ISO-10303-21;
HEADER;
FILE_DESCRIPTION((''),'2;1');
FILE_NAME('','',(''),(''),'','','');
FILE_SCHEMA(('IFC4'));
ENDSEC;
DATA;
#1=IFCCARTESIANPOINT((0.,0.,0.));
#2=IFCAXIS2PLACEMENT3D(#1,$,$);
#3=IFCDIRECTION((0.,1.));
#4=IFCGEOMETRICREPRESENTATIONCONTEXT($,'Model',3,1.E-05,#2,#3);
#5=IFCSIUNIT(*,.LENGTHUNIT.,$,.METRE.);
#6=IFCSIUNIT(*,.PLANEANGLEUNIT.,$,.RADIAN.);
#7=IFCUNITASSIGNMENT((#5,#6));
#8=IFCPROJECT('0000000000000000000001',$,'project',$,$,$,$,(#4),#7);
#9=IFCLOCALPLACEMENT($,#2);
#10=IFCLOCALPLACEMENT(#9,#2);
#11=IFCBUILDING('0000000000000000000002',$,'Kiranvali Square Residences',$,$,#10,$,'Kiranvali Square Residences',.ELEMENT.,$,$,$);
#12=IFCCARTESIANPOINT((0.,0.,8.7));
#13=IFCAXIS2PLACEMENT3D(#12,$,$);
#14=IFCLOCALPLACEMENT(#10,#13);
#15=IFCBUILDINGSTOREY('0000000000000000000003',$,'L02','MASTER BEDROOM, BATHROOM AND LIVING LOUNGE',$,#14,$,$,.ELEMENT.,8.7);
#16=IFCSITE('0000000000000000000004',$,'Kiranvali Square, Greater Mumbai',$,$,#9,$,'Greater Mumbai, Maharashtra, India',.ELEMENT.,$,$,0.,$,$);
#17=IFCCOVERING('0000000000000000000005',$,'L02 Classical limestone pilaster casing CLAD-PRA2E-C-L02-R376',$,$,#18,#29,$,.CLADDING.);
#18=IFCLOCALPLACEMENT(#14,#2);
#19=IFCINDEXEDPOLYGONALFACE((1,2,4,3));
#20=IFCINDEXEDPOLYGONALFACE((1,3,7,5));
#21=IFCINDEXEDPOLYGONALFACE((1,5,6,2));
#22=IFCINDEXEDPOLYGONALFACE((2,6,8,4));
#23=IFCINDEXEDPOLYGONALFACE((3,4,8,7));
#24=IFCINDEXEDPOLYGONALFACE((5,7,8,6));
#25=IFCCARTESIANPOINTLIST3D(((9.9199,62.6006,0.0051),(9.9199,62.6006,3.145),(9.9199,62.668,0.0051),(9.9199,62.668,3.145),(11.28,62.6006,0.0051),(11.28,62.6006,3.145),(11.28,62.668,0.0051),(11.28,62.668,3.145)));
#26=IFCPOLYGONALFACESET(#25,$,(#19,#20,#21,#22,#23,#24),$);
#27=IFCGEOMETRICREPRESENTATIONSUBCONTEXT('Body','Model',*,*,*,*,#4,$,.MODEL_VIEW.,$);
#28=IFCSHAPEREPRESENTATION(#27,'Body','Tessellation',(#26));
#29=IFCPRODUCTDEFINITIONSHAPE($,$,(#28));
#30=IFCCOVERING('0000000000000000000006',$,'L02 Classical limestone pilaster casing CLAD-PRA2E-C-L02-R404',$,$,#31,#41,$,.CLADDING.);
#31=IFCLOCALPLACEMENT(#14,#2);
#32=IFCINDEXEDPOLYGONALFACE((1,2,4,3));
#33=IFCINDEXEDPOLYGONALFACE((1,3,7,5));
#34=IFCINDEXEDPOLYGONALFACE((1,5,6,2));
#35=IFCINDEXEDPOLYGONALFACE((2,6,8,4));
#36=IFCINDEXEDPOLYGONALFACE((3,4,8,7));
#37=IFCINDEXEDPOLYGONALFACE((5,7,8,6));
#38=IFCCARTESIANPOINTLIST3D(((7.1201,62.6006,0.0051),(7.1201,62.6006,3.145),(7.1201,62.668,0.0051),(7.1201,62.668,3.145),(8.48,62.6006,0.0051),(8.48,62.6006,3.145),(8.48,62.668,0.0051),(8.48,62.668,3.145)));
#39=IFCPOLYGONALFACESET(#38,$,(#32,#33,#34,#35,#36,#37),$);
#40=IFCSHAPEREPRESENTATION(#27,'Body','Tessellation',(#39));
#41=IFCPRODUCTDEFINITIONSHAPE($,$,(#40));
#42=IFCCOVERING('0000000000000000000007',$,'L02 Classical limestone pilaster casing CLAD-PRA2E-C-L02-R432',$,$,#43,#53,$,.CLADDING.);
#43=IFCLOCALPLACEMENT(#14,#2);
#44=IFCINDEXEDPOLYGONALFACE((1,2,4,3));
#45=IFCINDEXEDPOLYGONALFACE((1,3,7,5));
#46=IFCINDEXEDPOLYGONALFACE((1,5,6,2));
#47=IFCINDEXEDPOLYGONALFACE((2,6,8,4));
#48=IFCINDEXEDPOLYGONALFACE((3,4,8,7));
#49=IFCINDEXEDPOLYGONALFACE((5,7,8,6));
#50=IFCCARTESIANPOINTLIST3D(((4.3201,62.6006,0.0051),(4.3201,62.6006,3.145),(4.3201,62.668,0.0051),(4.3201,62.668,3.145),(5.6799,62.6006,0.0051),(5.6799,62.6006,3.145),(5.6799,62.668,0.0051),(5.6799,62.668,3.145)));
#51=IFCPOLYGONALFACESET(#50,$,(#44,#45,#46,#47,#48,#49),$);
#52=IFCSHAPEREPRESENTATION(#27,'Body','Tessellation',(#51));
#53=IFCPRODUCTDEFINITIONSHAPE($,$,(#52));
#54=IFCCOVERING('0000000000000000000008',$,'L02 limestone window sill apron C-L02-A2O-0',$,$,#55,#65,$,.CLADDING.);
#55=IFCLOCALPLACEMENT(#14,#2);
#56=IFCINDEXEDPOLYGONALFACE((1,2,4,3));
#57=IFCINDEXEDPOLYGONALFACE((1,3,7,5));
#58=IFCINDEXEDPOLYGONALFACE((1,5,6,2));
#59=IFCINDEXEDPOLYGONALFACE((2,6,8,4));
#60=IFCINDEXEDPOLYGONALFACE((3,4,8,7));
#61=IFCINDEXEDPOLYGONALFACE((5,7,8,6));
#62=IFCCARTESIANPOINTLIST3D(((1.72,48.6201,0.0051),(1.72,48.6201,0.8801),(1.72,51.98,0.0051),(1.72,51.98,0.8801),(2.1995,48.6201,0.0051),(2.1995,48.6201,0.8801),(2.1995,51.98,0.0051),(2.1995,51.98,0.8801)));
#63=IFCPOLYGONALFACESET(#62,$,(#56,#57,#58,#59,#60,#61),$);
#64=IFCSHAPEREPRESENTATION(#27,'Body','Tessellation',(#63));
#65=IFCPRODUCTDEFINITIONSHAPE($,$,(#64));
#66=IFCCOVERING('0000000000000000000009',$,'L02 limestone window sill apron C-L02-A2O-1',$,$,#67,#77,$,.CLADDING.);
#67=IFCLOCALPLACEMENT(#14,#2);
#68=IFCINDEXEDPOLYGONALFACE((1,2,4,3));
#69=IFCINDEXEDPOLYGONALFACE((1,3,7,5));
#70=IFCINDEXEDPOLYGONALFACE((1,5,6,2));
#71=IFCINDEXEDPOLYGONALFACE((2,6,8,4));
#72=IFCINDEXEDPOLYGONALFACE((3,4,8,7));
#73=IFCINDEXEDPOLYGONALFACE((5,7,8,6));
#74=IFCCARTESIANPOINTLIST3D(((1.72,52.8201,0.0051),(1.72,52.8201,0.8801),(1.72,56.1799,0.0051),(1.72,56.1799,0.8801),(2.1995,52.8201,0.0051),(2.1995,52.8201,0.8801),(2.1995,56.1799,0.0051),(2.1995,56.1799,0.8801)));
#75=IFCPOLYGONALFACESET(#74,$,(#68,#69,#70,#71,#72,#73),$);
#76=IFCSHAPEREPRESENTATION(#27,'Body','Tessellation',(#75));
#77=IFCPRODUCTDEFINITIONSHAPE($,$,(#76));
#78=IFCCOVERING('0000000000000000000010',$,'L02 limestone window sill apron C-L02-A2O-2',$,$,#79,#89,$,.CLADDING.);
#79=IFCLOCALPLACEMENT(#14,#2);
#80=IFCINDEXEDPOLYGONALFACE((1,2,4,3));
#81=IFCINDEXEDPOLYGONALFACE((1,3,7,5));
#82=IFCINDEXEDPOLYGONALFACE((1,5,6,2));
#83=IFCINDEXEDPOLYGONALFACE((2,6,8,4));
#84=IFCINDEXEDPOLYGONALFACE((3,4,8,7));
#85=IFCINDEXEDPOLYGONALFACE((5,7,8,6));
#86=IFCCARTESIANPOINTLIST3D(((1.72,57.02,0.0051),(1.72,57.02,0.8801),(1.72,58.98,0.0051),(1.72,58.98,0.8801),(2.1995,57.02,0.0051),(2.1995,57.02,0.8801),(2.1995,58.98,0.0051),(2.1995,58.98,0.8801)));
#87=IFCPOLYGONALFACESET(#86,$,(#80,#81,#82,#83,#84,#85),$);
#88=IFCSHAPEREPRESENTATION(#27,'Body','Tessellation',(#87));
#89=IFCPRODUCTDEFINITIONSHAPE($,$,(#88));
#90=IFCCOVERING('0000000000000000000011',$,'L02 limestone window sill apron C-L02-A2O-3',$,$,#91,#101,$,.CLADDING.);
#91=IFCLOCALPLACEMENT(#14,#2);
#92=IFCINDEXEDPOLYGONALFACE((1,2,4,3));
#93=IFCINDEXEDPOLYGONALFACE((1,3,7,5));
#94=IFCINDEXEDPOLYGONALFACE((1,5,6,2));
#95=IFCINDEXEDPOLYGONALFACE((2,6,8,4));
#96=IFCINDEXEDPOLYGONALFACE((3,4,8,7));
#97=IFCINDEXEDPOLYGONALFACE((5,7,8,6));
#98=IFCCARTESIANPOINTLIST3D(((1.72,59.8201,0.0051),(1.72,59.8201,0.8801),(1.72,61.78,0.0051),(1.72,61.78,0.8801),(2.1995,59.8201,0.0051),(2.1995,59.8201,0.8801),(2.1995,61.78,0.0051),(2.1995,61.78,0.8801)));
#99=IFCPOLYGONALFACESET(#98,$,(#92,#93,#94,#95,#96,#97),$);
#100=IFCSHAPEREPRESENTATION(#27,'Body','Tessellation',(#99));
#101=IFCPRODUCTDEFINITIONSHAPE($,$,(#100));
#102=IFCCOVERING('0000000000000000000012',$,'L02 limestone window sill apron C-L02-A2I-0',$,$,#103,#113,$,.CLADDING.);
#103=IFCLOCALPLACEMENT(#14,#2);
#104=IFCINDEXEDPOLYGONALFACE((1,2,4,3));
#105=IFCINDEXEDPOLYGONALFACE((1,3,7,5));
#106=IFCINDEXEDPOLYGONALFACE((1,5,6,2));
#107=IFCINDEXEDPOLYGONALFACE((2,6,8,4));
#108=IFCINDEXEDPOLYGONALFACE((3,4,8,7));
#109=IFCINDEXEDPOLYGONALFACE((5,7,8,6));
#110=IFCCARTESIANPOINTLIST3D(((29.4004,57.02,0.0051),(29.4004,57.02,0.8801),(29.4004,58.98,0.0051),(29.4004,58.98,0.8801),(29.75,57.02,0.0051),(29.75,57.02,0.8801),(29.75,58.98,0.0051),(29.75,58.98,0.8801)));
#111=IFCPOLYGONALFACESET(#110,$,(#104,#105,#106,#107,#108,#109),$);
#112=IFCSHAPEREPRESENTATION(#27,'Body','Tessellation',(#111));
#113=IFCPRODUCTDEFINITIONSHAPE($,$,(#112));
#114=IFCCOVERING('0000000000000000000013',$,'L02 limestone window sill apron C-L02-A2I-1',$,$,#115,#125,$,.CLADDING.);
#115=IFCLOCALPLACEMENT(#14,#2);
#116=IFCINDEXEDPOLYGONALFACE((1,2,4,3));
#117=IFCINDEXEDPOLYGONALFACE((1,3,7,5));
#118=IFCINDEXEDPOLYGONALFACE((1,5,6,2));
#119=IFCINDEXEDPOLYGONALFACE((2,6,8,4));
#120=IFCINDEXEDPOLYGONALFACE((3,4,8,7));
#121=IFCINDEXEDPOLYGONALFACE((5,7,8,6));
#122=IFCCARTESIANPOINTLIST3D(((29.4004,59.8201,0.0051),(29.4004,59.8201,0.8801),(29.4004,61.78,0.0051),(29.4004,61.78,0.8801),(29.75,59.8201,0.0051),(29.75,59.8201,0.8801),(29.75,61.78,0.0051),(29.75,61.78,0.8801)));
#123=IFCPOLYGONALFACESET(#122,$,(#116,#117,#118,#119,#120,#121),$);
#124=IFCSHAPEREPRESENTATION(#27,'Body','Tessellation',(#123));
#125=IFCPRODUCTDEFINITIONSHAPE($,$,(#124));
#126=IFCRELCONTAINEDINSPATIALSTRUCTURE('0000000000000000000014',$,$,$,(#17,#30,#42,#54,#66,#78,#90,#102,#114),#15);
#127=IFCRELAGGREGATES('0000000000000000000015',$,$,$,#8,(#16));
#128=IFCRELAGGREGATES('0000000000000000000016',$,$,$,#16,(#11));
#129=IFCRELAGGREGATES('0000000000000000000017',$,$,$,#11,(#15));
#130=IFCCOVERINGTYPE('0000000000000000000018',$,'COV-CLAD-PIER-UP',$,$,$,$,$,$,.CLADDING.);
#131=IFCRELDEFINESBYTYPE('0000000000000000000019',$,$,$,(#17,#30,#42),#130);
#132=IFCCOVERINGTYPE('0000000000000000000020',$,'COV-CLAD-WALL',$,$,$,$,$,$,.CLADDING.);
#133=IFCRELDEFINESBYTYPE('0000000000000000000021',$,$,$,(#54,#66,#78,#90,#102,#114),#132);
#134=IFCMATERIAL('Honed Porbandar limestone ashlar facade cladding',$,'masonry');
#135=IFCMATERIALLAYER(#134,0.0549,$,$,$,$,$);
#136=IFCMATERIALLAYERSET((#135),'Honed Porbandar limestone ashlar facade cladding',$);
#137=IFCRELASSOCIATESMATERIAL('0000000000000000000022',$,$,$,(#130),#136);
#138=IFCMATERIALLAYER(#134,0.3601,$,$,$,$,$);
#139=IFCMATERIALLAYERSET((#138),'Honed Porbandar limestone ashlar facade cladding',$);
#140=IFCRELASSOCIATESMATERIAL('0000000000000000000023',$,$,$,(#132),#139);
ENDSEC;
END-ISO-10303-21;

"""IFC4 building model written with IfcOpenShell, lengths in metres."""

from ifc_helpers import new_model, si_unit, direction, frame, origin, place, context, subcontext, project, spatial, polyline, outline, extrude, material, layer, layer_set, type_object, element, save


model = new_model("IFC4")

# Units and contexts
model_context = context("Model", 3, precision=1e-05, world=origin(), true_north=direction((0.0, 1.0)))
body_context = subcontext(model_context, "Body", "Model", "MODEL_VIEW")
ifc_project = project(units=[si_unit("LENGTHUNIT", "METRE"), si_unit("PLANEANGLEUNIT", "RADIAN")], contexts=[model_context])

# Site, building, storey
site_placement = place(None, origin())
site = spatial("IfcSite", under=ifc_project, at=site_placement, Name="Kiranvali Square, Greater Mumbai", LongName="Greater Mumbai, Maharashtra, India", CompositionType="ELEMENT", RefElevation=0.0)
building_placement = place(site_placement, origin())
building = spatial("IfcBuilding", under=site, at=building_placement, Name="Kiranvali Square Residences", LongName="Kiranvali Square Residences", CompositionType="ELEMENT")
storey_placement = place(building_placement, frame((0.0, 0.0, 8.7)))
storey = spatial("IfcBuildingStorey", under=building, at=storey_placement, Name="L02", Description="MASTER BEDROOM, BATHROOM AND LIVING LOUNGE", CompositionType="ELEMENT", Elevation=8.7)

# Coverings
ifc_material = material(Name="Honed Porbandar limestone ashlar facade cladding", Category="masonry")
ifc_layer_1 = layer(ifc_material, 0.0549)
ifc_layer_set_1 = layer_set([ifc_layer_1], Name="Honed Porbandar limestone ashlar facade cladding")
covering_type_1 = type_object("IfcCoveringType", Name="COV-CLAD-PIER-UP", PredefinedType="CLADDING", material=ifc_layer_set_1)
covering_1_placement = place(storey_placement, frame((0.0, 0.0, 0.0051)))
element("IfcCovering", 1, at=covering_1_placement, inside=storey, type_object=covering_type_1, Name="L02 Classical limestone pilaster casing CLAD-PRA2E-C-L02-R376", PredefinedType="CLADDING", context=body_context, shape_type="SweptSolid", body=[
    extrude(outline(polyline([(11.28, 62.668), (9.9199, 62.668), (9.9199, 62.6006), (11.28, 62.6006), (11.28, 62.668)])), origin(), (0.0, 0.0, 1.0), 3.1399),
])
covering_2_placement = place(storey_placement, frame((0.0, 0.0, 0.0051)))
element("IfcCovering", 2, at=covering_2_placement, inside=storey, type_object=covering_type_1, Name="L02 Classical limestone pilaster casing CLAD-PRA2E-C-L02-R404", PredefinedType="CLADDING", context=body_context, shape_type="SweptSolid", body=[
    extrude(outline(polyline([(8.48, 62.668), (7.1201, 62.668), (7.1201, 62.6006), (8.48, 62.6006), (8.48, 62.668)])), origin(), (0.0, 0.0, 1.0), 3.1399),
])
covering_3_placement = place(storey_placement, frame((0.0, 0.0, 0.0051)))
element("IfcCovering", 3, at=covering_3_placement, inside=storey, type_object=covering_type_1, Name="L02 Classical limestone pilaster casing CLAD-PRA2E-C-L02-R432", PredefinedType="CLADDING", context=body_context, shape_type="SweptSolid", body=[
    extrude(outline(polyline([(5.6799, 62.668), (4.3201, 62.668), (4.3201, 62.6006), (5.6799, 62.6006), (5.6799, 62.668)])), origin(), (0.0, 0.0, 1.0), 3.1399),
])
ifc_layer_2 = layer(ifc_material, 0.3601)
ifc_layer_set_2 = layer_set([ifc_layer_2], Name="Honed Porbandar limestone ashlar facade cladding")
covering_type_2 = type_object("IfcCoveringType", Name="COV-CLAD-WALL", PredefinedType="CLADDING", material=ifc_layer_set_2)
covering_4_placement = place(storey_placement, frame((0.0, 0.0, 0.0051)))
element("IfcCovering", 4, at=covering_4_placement, inside=storey, type_object=covering_type_2, Name="L02 limestone window sill apron C-L02-A2O-0", PredefinedType="CLADDING", context=body_context, shape_type="SweptSolid", body=[
    extrude(outline(polyline([(2.1995, 48.6201), (2.1995, 51.98), (1.72, 51.98), (1.72, 48.6201), (2.1995, 48.6201)])), origin(), (0.0, 0.0, 1.0), 0.875),
])
covering_5_placement = place(storey_placement, frame((0.0, 0.0, 0.0051)))
element("IfcCovering", 5, at=covering_5_placement, inside=storey, type_object=covering_type_2, Name="L02 limestone window sill apron C-L02-A2O-1", PredefinedType="CLADDING", context=body_context, shape_type="SweptSolid", body=[
    extrude(outline(polyline([(2.1995, 52.8201), (2.1995, 56.1799), (1.72, 56.1799), (1.72, 52.8201), (2.1995, 52.8201)])), origin(), (0.0, 0.0, 1.0), 0.875),
])
covering_6_placement = place(storey_placement, frame((0.0, 0.0, 0.0051)))
element("IfcCovering", 6, at=covering_6_placement, inside=storey, type_object=covering_type_2, Name="L02 limestone window sill apron C-L02-A2O-2", PredefinedType="CLADDING", context=body_context, shape_type="SweptSolid", body=[
    extrude(outline(polyline([(2.1995, 57.02), (2.1995, 58.98), (1.72, 58.98), (1.72, 57.02), (2.1995, 57.02)])), origin(), (0.0, 0.0, 1.0), 0.875),
])
covering_7_placement = place(storey_placement, frame((0.0, 0.0, 0.0051)))
element("IfcCovering", 7, at=covering_7_placement, inside=storey, type_object=covering_type_2, Name="L02 limestone window sill apron C-L02-A2O-3", PredefinedType="CLADDING", context=body_context, shape_type="SweptSolid", body=[
    extrude(outline(polyline([(2.1995, 59.8201), (2.1995, 61.78), (1.72, 61.78), (1.72, 59.8201), (2.1995, 59.8201)])), origin(), (0.0, 0.0, 1.0), 0.875),
])
covering_8_placement = place(storey_placement, frame((0.0, 0.0, 0.0051)))
element("IfcCovering", 8, at=covering_8_placement, inside=storey, type_object=covering_type_2, Name="L02 limestone window sill apron C-L02-A2I-0", PredefinedType="CLADDING", context=body_context, shape_type="SweptSolid", body=[
    extrude(outline(polyline([(29.75, 57.02), (29.75, 58.98), (29.4004, 58.98), (29.4004, 57.02), (29.75, 57.02)])), origin(), (0.0, 0.0, 1.0), 0.875),
])
covering_9_placement = place(storey_placement, frame((0.0, 0.0, 0.0051)))
element("IfcCovering", 9, at=covering_9_placement, inside=storey, type_object=covering_type_2, Name="L02 limestone window sill apron C-L02-A2I-1", PredefinedType="CLADDING", context=body_context, shape_type="SweptSolid", body=[
    extrude(outline(polyline([(29.75, 59.8201), (29.75, 61.78), (29.4004, 61.78), (29.4004, 59.8201), (29.75, 59.8201)])), origin(), (0.0, 0.0, 1.0), 0.875),
])

save(model, "model.ifc")
